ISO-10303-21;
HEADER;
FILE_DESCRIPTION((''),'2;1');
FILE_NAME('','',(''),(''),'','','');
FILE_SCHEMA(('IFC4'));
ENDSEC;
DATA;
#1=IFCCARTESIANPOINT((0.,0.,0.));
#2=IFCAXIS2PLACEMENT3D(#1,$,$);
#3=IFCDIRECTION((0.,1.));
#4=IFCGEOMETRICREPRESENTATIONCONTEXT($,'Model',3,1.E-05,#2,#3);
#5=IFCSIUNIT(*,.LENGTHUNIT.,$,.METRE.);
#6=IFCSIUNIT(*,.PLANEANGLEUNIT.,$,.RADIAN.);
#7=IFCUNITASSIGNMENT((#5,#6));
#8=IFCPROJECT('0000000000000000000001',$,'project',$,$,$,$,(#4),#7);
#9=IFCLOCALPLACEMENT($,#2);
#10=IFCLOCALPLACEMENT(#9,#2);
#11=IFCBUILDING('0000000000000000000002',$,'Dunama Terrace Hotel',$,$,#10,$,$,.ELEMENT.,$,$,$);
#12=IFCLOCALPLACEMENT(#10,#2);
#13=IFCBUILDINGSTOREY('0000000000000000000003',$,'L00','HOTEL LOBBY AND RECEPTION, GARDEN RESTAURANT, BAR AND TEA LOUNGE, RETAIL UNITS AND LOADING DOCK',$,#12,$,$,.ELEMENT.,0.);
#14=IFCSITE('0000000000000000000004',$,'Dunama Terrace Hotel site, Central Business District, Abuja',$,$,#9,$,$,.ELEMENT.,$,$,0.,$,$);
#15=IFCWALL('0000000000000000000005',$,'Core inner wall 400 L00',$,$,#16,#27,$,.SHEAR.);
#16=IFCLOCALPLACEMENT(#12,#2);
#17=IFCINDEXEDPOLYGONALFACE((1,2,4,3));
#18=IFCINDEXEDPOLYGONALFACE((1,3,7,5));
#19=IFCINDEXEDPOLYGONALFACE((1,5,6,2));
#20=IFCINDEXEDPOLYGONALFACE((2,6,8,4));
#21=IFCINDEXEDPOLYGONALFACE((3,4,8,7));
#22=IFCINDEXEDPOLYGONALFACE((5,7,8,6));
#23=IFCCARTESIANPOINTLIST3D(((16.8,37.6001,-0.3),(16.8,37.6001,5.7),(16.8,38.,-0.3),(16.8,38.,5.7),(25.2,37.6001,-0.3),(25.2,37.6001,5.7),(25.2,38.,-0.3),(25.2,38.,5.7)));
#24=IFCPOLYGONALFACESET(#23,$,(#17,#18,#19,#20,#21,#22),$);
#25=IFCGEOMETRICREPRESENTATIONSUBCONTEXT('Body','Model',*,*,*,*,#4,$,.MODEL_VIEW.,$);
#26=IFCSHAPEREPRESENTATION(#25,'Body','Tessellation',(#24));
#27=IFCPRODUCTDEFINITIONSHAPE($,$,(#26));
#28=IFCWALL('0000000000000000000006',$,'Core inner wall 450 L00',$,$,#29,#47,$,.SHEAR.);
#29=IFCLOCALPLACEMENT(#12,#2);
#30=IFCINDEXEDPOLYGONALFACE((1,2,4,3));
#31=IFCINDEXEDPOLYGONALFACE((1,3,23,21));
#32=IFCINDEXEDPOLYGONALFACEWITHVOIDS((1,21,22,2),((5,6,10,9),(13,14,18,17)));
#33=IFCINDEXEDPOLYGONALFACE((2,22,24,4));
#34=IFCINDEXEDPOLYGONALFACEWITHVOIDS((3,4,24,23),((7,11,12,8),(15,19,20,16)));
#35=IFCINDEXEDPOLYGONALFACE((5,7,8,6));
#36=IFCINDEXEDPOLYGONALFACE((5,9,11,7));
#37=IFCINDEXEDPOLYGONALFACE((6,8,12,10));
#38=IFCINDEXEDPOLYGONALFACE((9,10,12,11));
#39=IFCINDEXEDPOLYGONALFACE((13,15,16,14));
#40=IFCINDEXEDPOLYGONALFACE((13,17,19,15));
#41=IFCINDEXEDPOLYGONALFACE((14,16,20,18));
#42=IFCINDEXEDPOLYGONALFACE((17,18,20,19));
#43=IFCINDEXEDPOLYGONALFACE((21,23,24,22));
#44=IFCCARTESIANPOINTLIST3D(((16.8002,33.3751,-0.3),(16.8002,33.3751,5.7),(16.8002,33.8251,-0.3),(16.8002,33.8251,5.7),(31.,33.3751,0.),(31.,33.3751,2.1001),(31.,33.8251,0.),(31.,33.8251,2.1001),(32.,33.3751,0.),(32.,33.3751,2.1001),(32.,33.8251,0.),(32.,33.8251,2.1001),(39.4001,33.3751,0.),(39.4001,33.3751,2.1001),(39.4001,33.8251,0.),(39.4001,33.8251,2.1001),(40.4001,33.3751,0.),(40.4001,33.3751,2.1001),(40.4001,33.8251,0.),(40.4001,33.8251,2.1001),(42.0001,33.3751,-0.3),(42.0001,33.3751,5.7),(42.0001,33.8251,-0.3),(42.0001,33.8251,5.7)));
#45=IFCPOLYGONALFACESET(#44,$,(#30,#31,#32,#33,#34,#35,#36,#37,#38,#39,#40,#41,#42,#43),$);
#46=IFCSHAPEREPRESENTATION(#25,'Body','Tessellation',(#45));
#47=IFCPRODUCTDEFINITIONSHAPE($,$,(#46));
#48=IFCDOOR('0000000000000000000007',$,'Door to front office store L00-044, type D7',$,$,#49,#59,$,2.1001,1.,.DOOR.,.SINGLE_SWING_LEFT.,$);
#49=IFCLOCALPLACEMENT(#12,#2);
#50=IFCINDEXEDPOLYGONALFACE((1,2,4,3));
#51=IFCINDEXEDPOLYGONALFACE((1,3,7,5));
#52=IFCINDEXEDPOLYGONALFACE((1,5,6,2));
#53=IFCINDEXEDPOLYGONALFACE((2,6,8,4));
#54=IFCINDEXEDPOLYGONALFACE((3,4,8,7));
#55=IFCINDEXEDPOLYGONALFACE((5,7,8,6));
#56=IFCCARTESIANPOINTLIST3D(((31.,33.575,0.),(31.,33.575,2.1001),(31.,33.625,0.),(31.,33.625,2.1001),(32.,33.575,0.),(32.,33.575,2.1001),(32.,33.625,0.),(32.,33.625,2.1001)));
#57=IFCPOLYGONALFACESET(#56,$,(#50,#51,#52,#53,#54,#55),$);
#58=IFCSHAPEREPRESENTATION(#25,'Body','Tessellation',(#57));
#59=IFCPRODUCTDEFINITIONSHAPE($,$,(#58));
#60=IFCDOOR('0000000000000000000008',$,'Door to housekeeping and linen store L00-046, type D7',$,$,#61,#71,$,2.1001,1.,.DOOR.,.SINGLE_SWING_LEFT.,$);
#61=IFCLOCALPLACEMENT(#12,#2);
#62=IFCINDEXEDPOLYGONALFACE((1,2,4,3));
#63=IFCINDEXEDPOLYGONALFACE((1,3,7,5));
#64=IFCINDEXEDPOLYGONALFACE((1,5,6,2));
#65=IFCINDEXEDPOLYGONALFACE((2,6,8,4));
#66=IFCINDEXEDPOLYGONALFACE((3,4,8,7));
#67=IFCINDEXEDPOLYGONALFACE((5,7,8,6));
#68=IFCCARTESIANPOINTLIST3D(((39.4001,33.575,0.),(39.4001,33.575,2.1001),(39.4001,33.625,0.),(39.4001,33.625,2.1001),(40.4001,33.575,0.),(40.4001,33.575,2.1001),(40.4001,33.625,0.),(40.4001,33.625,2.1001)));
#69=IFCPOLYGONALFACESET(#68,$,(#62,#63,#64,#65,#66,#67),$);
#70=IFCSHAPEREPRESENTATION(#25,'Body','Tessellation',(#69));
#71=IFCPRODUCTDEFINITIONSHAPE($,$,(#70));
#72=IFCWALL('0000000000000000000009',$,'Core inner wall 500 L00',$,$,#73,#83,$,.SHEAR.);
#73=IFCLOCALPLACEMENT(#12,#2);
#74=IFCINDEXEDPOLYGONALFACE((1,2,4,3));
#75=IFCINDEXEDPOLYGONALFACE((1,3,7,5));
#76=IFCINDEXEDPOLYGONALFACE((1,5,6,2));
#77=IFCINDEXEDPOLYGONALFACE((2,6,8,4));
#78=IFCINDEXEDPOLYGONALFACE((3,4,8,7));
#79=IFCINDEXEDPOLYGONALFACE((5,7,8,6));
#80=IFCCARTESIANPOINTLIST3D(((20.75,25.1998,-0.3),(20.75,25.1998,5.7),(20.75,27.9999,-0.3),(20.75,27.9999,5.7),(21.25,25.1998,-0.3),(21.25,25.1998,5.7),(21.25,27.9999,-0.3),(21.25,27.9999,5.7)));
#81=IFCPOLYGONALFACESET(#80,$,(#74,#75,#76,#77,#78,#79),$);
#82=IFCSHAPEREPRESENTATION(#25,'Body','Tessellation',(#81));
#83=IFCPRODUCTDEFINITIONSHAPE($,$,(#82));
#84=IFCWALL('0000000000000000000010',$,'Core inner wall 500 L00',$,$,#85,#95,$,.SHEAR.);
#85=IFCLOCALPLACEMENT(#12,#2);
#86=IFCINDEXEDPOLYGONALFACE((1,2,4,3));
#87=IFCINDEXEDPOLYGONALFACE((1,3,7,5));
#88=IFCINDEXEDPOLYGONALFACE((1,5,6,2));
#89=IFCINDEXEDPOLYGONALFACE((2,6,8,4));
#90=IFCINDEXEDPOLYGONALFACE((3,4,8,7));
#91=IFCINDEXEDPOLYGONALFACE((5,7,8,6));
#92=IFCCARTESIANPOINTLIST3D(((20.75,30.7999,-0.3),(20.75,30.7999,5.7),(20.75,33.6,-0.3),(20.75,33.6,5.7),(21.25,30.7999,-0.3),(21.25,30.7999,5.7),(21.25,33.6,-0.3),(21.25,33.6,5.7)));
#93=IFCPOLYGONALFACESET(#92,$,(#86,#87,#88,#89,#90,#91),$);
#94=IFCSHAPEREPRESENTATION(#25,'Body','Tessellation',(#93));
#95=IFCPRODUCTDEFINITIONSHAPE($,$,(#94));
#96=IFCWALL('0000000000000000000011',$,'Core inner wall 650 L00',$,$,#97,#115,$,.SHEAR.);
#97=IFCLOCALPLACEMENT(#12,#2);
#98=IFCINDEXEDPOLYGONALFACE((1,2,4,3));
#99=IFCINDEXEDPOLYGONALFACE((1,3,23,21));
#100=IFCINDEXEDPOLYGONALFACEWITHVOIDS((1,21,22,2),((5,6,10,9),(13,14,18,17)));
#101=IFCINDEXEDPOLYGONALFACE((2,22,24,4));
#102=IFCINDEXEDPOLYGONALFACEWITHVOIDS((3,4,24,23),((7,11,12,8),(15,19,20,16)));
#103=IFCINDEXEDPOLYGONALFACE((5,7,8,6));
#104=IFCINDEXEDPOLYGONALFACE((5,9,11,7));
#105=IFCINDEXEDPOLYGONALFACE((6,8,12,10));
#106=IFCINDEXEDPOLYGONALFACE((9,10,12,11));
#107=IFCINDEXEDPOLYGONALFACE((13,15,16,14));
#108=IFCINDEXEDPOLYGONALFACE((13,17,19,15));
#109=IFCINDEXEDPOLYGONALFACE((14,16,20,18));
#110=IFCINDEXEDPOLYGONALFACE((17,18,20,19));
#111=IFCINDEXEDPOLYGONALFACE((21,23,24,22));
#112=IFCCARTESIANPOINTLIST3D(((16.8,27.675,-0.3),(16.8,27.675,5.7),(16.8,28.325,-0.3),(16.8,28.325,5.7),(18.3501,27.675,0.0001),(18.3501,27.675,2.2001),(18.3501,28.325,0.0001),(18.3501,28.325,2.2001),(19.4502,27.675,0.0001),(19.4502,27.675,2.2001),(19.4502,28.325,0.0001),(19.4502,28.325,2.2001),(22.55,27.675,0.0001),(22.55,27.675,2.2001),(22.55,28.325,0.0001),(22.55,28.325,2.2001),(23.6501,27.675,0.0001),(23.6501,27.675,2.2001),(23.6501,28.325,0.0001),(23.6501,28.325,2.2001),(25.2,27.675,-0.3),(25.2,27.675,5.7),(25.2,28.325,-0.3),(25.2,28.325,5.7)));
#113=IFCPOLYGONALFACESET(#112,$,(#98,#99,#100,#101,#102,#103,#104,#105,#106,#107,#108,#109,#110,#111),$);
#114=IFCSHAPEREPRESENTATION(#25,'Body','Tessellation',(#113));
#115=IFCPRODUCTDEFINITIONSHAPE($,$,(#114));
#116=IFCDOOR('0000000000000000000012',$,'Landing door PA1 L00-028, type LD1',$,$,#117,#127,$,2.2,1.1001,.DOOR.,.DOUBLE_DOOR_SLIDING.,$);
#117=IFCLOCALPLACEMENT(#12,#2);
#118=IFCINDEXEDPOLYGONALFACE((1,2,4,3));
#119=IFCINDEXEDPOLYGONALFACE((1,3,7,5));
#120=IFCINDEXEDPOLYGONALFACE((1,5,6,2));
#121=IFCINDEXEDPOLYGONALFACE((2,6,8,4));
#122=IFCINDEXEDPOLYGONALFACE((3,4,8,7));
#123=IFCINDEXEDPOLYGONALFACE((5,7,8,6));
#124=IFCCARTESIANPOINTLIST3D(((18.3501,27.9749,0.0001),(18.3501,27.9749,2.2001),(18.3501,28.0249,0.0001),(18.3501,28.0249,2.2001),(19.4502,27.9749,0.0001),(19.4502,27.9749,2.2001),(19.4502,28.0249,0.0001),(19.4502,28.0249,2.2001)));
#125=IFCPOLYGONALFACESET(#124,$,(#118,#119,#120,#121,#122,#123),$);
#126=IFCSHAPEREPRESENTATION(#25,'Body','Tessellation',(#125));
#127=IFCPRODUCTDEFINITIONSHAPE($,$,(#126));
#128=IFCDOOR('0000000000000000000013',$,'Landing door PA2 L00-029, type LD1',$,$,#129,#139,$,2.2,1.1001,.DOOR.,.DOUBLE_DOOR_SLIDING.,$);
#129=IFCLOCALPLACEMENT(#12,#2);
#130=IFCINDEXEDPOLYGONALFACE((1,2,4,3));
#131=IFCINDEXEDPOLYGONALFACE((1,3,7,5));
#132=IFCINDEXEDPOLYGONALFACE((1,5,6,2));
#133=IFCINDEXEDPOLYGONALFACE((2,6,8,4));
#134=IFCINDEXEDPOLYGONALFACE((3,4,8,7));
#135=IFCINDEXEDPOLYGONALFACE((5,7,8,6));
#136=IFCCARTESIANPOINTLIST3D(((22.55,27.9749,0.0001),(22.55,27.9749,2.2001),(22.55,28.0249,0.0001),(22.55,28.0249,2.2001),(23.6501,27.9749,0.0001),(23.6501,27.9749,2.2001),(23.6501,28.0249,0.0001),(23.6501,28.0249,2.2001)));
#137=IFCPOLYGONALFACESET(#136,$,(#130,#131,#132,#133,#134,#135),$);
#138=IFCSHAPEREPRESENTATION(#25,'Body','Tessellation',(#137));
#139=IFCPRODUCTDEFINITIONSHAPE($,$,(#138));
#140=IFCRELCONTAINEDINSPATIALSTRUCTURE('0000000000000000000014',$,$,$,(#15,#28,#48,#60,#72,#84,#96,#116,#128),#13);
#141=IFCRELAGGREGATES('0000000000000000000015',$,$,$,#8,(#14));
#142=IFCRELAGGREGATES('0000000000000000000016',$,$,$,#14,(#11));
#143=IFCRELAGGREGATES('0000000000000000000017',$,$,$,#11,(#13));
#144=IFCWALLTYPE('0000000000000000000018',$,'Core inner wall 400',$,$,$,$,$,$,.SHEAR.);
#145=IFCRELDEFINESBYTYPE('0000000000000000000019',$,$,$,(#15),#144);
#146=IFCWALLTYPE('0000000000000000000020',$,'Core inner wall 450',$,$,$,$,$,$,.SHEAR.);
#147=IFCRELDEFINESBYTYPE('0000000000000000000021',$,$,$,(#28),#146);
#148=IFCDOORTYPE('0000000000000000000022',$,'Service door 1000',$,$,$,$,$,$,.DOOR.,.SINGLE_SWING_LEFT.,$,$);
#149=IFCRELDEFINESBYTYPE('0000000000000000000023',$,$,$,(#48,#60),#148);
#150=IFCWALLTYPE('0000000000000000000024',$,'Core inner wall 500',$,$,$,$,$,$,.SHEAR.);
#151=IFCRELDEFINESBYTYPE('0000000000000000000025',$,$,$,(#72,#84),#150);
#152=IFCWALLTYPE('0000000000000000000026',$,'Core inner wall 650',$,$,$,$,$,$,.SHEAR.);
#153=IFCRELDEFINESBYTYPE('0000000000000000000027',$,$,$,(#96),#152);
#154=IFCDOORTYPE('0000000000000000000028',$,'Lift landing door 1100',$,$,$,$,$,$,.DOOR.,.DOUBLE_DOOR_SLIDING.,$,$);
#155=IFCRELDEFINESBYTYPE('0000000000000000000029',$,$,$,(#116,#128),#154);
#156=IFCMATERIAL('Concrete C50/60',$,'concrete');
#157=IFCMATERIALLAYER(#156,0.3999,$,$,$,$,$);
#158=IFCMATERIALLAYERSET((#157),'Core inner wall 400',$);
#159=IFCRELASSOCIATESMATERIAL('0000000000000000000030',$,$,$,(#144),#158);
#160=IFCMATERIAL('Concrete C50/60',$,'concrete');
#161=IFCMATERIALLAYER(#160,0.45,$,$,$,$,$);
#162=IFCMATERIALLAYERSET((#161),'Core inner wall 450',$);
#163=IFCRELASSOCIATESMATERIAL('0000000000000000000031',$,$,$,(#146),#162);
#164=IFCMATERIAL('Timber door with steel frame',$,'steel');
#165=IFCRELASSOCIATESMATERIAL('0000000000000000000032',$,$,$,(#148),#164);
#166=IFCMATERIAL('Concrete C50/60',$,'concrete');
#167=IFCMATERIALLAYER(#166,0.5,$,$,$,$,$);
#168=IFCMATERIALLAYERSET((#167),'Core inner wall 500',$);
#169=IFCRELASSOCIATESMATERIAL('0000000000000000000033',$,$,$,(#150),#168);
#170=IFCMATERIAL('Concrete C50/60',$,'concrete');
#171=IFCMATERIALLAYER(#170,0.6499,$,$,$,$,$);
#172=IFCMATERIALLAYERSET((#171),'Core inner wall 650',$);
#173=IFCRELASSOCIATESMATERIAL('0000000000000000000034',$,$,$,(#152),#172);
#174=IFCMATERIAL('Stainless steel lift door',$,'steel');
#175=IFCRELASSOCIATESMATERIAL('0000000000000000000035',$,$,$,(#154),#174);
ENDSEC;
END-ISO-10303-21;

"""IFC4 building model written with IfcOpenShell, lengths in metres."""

from ifc_helpers import new_model, si_unit, direction, frame, frame_2d, origin, place, context, subcontext, project, spatial, rectangle, extrude, material, layer, layer_set, type_object, element, fill, save


model = new_model("IFC4")

# Units and contexts
model_context = context("Model", 3, precision=1e-05, world=origin(), true_north=direction((0.0, 1.0)))
body_context = subcontext(model_context, "Body", "Model", "MODEL_VIEW")
ifc_project = project(units=[si_unit("LENGTHUNIT", "METRE"), si_unit("PLANEANGLEUNIT", "RADIAN")], contexts=[model_context])

# Site, building, storey
site_placement = place(None, origin())
site = spatial("IfcSite", under=ifc_project, at=site_placement, Name="Dunama Terrace Hotel site, Central Business District, Abuja", CompositionType="ELEMENT", RefElevation=0.0)
building_placement = place(site_placement, origin())
building = spatial("IfcBuilding", under=site, at=building_placement, Name="Dunama Terrace Hotel", CompositionType="ELEMENT")
storey_placement = place(building_placement, origin())
storey = spatial("IfcBuildingStorey", under=building, at=storey_placement, Name="L00", Description="HOTEL LOBBY AND RECEPTION, GARDEN RESTAURANT, BAR AND TEA LOUNGE, RETAIL UNITS AND LOADING DOCK", CompositionType="ELEMENT", Elevation=0.0)

# Wall
ifc_material_1 = material(Name="Concrete C50/60", Category="concrete")
ifc_layer_1 = layer(ifc_material_1, 0.3999)
ifc_layer_set_1 = layer_set([ifc_layer_1], Name="Core inner wall 400")
wall_type_1 = type_object("IfcWallType", Name="Core inner wall 400", PredefinedType="SHEAR", material=ifc_layer_set_1)
wall_1_placement = place(storey_placement, frame((16.8, 37.8, -0.3), z_axis=(0.0, 0.0, 1.0), x_axis=(1.0, 0.0, 0.0)))
element("IfcWall", 1, at=wall_1_placement, inside=storey, type_object=wall_type_1, Name="Core inner wall 400 L00", PredefinedType="SHEAR", context=body_context, shape_type="SweptSolid", body=[
    extrude(rectangle(XDim=8.3999, YDim=0.3999, at=frame_2d((4.2, 0.0))), origin(), (0.0, 0.0, 1.0), 6.0),
])

# Wall, openings, doors
ifc_material_2 = material(Name="Concrete C50/60", Category="concrete")
ifc_layer_2 = layer(ifc_material_2, 0.45)
ifc_layer_set_2 = layer_set([ifc_layer_2], Name="Core inner wall 450")
wall_type_2 = type_object("IfcWallType", Name="Core inner wall 450", PredefinedType="SHEAR", material=ifc_layer_set_2)
wall_2_placement = place(storey_placement, frame((16.8, 33.6001, -0.3), z_axis=(0.0, 0.0, 1.0), x_axis=(1.0, 0.0, 0.0)))
wall_2 = element("IfcWall", 2, at=wall_2_placement, inside=storey, type_object=wall_type_2, Name="Core inner wall 450 L00", PredefinedType="SHEAR", context=body_context, shape_type="SweptSolid", body=[
    extrude(rectangle(XDim=25.2, YDim=0.45, at=frame_2d((12.6001, 0.0))), origin(), (0.0, 0.0, 1.0), 6.0),
])
opening_1_placement = place(wall_2_placement, frame((14.2, 0.0, 0.3)))
opening_1 = element("IfcOpeningElement", 3, at=opening_1_placement, cuts=wall_2, PredefinedType="OPENING", context=body_context, shape_type="SweptSolid", body=[
    extrude(rectangle(XDim=1.0, YDim=2.1001, at=frame_2d((0.5, 1.05))), frame((0.0, 0.2349, 0.0), z_axis=(0.0, -1.0, 0.0), x_axis=(1.0, 0.0, 0.0)), (0.0, 0.0, 1.0), 0.47),
])
opening_2_placement = place(wall_2_placement, frame((22.6001, 0.0, 0.3)))
opening_2 = element("IfcOpeningElement", 4, at=opening_2_placement, cuts=wall_2, PredefinedType="OPENING", context=body_context, shape_type="SweptSolid", body=[
    extrude(rectangle(XDim=1.0, YDim=2.1001, at=frame_2d((0.5, 1.05))), frame((0.0, 0.2349, 0.0), z_axis=(0.0, -1.0, 0.0), x_axis=(1.0, 0.0, 0.0)), (0.0, 0.0, 1.0), 0.47),
])
ifc_material_3 = material(Name="Timber door with steel frame", Category="steel")
door_type_1 = type_object("IfcDoorType", Name="Service door 1000", OperationType="SINGLE_SWING_LEFT", PredefinedType="DOOR", material=ifc_material_3)
door_1_placement = place(opening_1_placement, frame((1.0, 0.0, 0.0), z_axis=(0.0, 0.0, 1.0), x_axis=(-1.0, 0.0, 0.0)))
door_1 = element("IfcDoor", 5, at=door_1_placement, inside=storey, type_object=door_type_1, Name="Door to front office store L00-044, type D7", OperationType="SINGLE_SWING_LEFT", OverallHeight=2.1001, OverallWidth=1.0, PredefinedType="DOOR", context=body_context, shape_type="SweptSolid", body=[
    extrude(rectangle(XDim=1.0, YDim=2.1001, at=frame_2d((0.5, 1.05))), frame((0.0, 0.0251, 0.0), z_axis=(0.0, -1.0, 0.0), x_axis=(1.0, 0.0, 0.0)), (0.0, 0.0, 1.0), 0.05),
])
fill(opening_1, door_1)
door_2_placement = place(opening_2_placement, frame((1.0, 0.0, 0.0), z_axis=(0.0, 0.0, 1.0), x_axis=(-1.0, 0.0, 0.0)))
door_2 = element("IfcDoor", 6, at=door_2_placement, inside=storey, type_object=door_type_1, Name="Door to housekeeping and linen store L00-046, type D7", OperationType="SINGLE_SWING_LEFT", OverallHeight=2.1001, OverallWidth=1.0, PredefinedType="DOOR", context=body_context, shape_type="SweptSolid", body=[
    extrude(rectangle(XDim=1.0, YDim=2.1001, at=frame_2d((0.5, 1.05))), frame((0.0, 0.0251, 0.0), z_axis=(0.0, -1.0, 0.0), x_axis=(1.0, 0.0, 0.0)), (0.0, 0.0, 1.0), 0.05),
])
fill(opening_2, door_2)

# Walls
ifc_material_4 = material(Name="Concrete C50/60", Category="concrete")
ifc_layer_3 = layer(ifc_material_4, 0.5)
ifc_layer_set_3 = layer_set([ifc_layer_3], Name="Core inner wall 500")
wall_type_3 = type_object("IfcWallType", Name="Core inner wall 500", PredefinedType="SHEAR", material=ifc_layer_set_3)
for number, where, z_axis, x_axis, name in (
    (7, (21.0, 25.2, -0.3), (0.0, 0.0, 1.0), (0.0, 1.0, 0.0), "Core inner wall 500 L00"),
    (8, (21.0, 30.8, -0.3), (0.0, 0.0, 1.0), (0.0, 1.0, 0.0), "Core inner wall 500 L00"),
):
    element("IfcWall", number, at=place(storey_placement, frame(where, z_axis=z_axis, x_axis=x_axis)), inside=storey, type_object=wall_type_3, Name=name, PredefinedType="SHEAR", context=body_context, shape_type="SweptSolid", body=[
        extrude(rectangle(XDim=2.8, YDim=0.5, at=frame_2d((1.3999, 0.0))), origin(), (0.0, 0.0, 1.0), 6.0),
    ])

# Wall, openings, doors
ifc_material_5 = material(Name="Concrete C50/60", Category="concrete")
ifc_layer_4 = layer(ifc_material_5, 0.6499)
ifc_layer_set_4 = layer_set([ifc_layer_4], Name="Core inner wall 650")
wall_type_4 = type_object("IfcWallType", Name="Core inner wall 650", PredefinedType="SHEAR", material=ifc_layer_set_4)
wall_3_placement = place(storey_placement, frame((16.8, 28.0, -0.3), z_axis=(0.0, 0.0, 1.0), x_axis=(1.0, 0.0, 0.0)))
wall_3 = element("IfcWall", 9, at=wall_3_placement, inside=storey, type_object=wall_type_4, Name="Core inner wall 650 L00", PredefinedType="SHEAR", context=body_context, shape_type="SweptSolid", body=[
    extrude(rectangle(XDim=8.3999, YDim=0.6499, at=frame_2d((4.2, 0.0))), origin(), (0.0, 0.0, 1.0), 6.0),
])
opening_3_placement = place(wall_3_placement, frame((1.55, 0.0, 0.3)))
opening_3 = element("IfcOpeningElement", 10, at=opening_3_placement, cuts=wall_3, PredefinedType="OPENING", context=body_context, shape_type="SweptSolid", body=[
    extrude(rectangle(XDim=1.1001, YDim=2.2, at=frame_2d((0.55, 1.1001))), frame((0.0, 0.335, 0.0), z_axis=(0.0, -1.0, 0.0), x_axis=(1.0, 0.0, 0.0)), (0.0, 0.0, 1.0), 0.6699),
])
opening_4_placement = place(wall_3_placement, frame((5.75, 0.0, 0.3)))
opening_4 = element("IfcOpeningElement", 11, at=opening_4_placement, cuts=wall_3, PredefinedType="OPENING", context=body_context, shape_type="SweptSolid", body=[
    extrude(rectangle(XDim=1.1001, YDim=2.2, at=frame_2d((0.55, 1.1001))), frame((0.0, 0.335, 0.0), z_axis=(0.0, -1.0, 0.0), x_axis=(1.0, 0.0, 0.0)), (0.0, 0.0, 1.0), 0.6699),
])
ifc_material_6 = material(Name="Stainless steel lift door", Category="steel")
door_type_2 = type_object("IfcDoorType", Name="Lift landing door 1100", OperationType="DOUBLE_DOOR_SLIDING", PredefinedType="DOOR", material=ifc_material_6)
door_3_placement = place(opening_3_placement, origin())
door_3 = element("IfcDoor", 12, at=door_3_placement, inside=storey, type_object=door_type_2, Name="Landing door PA1 L00-028, type LD1", OperationType="DOUBLE_DOOR_SLIDING", OverallHeight=2.2, OverallWidth=1.1001, PredefinedType="DOOR", context=body_context, shape_type="SweptSolid", body=[
    extrude(rectangle(XDim=1.1001, YDim=2.2, at=frame_2d((0.55, 1.1001))), frame((0.0, 0.0249, 0.0), z_axis=(0.0, -1.0, 0.0), x_axis=(1.0, 0.0, 0.0)), (0.0, 0.0, 1.0), 0.05),
])
fill(opening_3, door_3)
door_4_placement = place(opening_4_placement, origin())
door_4 = element("IfcDoor", 13, at=door_4_placement, inside=storey, type_object=door_type_2, Name="Landing door PA2 L00-029, type LD1", OperationType="DOUBLE_DOOR_SLIDING", OverallHeight=2.2, OverallWidth=1.1001, PredefinedType="DOOR", context=body_context, shape_type="SweptSolid", body=[
    extrude(rectangle(XDim=1.1001, YDim=2.2, at=frame_2d((0.55, 1.1001))), frame((0.0, 0.0249, 0.0), z_axis=(0.0, -1.0, 0.0), x_axis=(1.0, 0.0, 0.0)), (0.0, 0.0, 1.0), 0.05),
])
fill(opening_4, door_4)

save(model, "model.ifc")
